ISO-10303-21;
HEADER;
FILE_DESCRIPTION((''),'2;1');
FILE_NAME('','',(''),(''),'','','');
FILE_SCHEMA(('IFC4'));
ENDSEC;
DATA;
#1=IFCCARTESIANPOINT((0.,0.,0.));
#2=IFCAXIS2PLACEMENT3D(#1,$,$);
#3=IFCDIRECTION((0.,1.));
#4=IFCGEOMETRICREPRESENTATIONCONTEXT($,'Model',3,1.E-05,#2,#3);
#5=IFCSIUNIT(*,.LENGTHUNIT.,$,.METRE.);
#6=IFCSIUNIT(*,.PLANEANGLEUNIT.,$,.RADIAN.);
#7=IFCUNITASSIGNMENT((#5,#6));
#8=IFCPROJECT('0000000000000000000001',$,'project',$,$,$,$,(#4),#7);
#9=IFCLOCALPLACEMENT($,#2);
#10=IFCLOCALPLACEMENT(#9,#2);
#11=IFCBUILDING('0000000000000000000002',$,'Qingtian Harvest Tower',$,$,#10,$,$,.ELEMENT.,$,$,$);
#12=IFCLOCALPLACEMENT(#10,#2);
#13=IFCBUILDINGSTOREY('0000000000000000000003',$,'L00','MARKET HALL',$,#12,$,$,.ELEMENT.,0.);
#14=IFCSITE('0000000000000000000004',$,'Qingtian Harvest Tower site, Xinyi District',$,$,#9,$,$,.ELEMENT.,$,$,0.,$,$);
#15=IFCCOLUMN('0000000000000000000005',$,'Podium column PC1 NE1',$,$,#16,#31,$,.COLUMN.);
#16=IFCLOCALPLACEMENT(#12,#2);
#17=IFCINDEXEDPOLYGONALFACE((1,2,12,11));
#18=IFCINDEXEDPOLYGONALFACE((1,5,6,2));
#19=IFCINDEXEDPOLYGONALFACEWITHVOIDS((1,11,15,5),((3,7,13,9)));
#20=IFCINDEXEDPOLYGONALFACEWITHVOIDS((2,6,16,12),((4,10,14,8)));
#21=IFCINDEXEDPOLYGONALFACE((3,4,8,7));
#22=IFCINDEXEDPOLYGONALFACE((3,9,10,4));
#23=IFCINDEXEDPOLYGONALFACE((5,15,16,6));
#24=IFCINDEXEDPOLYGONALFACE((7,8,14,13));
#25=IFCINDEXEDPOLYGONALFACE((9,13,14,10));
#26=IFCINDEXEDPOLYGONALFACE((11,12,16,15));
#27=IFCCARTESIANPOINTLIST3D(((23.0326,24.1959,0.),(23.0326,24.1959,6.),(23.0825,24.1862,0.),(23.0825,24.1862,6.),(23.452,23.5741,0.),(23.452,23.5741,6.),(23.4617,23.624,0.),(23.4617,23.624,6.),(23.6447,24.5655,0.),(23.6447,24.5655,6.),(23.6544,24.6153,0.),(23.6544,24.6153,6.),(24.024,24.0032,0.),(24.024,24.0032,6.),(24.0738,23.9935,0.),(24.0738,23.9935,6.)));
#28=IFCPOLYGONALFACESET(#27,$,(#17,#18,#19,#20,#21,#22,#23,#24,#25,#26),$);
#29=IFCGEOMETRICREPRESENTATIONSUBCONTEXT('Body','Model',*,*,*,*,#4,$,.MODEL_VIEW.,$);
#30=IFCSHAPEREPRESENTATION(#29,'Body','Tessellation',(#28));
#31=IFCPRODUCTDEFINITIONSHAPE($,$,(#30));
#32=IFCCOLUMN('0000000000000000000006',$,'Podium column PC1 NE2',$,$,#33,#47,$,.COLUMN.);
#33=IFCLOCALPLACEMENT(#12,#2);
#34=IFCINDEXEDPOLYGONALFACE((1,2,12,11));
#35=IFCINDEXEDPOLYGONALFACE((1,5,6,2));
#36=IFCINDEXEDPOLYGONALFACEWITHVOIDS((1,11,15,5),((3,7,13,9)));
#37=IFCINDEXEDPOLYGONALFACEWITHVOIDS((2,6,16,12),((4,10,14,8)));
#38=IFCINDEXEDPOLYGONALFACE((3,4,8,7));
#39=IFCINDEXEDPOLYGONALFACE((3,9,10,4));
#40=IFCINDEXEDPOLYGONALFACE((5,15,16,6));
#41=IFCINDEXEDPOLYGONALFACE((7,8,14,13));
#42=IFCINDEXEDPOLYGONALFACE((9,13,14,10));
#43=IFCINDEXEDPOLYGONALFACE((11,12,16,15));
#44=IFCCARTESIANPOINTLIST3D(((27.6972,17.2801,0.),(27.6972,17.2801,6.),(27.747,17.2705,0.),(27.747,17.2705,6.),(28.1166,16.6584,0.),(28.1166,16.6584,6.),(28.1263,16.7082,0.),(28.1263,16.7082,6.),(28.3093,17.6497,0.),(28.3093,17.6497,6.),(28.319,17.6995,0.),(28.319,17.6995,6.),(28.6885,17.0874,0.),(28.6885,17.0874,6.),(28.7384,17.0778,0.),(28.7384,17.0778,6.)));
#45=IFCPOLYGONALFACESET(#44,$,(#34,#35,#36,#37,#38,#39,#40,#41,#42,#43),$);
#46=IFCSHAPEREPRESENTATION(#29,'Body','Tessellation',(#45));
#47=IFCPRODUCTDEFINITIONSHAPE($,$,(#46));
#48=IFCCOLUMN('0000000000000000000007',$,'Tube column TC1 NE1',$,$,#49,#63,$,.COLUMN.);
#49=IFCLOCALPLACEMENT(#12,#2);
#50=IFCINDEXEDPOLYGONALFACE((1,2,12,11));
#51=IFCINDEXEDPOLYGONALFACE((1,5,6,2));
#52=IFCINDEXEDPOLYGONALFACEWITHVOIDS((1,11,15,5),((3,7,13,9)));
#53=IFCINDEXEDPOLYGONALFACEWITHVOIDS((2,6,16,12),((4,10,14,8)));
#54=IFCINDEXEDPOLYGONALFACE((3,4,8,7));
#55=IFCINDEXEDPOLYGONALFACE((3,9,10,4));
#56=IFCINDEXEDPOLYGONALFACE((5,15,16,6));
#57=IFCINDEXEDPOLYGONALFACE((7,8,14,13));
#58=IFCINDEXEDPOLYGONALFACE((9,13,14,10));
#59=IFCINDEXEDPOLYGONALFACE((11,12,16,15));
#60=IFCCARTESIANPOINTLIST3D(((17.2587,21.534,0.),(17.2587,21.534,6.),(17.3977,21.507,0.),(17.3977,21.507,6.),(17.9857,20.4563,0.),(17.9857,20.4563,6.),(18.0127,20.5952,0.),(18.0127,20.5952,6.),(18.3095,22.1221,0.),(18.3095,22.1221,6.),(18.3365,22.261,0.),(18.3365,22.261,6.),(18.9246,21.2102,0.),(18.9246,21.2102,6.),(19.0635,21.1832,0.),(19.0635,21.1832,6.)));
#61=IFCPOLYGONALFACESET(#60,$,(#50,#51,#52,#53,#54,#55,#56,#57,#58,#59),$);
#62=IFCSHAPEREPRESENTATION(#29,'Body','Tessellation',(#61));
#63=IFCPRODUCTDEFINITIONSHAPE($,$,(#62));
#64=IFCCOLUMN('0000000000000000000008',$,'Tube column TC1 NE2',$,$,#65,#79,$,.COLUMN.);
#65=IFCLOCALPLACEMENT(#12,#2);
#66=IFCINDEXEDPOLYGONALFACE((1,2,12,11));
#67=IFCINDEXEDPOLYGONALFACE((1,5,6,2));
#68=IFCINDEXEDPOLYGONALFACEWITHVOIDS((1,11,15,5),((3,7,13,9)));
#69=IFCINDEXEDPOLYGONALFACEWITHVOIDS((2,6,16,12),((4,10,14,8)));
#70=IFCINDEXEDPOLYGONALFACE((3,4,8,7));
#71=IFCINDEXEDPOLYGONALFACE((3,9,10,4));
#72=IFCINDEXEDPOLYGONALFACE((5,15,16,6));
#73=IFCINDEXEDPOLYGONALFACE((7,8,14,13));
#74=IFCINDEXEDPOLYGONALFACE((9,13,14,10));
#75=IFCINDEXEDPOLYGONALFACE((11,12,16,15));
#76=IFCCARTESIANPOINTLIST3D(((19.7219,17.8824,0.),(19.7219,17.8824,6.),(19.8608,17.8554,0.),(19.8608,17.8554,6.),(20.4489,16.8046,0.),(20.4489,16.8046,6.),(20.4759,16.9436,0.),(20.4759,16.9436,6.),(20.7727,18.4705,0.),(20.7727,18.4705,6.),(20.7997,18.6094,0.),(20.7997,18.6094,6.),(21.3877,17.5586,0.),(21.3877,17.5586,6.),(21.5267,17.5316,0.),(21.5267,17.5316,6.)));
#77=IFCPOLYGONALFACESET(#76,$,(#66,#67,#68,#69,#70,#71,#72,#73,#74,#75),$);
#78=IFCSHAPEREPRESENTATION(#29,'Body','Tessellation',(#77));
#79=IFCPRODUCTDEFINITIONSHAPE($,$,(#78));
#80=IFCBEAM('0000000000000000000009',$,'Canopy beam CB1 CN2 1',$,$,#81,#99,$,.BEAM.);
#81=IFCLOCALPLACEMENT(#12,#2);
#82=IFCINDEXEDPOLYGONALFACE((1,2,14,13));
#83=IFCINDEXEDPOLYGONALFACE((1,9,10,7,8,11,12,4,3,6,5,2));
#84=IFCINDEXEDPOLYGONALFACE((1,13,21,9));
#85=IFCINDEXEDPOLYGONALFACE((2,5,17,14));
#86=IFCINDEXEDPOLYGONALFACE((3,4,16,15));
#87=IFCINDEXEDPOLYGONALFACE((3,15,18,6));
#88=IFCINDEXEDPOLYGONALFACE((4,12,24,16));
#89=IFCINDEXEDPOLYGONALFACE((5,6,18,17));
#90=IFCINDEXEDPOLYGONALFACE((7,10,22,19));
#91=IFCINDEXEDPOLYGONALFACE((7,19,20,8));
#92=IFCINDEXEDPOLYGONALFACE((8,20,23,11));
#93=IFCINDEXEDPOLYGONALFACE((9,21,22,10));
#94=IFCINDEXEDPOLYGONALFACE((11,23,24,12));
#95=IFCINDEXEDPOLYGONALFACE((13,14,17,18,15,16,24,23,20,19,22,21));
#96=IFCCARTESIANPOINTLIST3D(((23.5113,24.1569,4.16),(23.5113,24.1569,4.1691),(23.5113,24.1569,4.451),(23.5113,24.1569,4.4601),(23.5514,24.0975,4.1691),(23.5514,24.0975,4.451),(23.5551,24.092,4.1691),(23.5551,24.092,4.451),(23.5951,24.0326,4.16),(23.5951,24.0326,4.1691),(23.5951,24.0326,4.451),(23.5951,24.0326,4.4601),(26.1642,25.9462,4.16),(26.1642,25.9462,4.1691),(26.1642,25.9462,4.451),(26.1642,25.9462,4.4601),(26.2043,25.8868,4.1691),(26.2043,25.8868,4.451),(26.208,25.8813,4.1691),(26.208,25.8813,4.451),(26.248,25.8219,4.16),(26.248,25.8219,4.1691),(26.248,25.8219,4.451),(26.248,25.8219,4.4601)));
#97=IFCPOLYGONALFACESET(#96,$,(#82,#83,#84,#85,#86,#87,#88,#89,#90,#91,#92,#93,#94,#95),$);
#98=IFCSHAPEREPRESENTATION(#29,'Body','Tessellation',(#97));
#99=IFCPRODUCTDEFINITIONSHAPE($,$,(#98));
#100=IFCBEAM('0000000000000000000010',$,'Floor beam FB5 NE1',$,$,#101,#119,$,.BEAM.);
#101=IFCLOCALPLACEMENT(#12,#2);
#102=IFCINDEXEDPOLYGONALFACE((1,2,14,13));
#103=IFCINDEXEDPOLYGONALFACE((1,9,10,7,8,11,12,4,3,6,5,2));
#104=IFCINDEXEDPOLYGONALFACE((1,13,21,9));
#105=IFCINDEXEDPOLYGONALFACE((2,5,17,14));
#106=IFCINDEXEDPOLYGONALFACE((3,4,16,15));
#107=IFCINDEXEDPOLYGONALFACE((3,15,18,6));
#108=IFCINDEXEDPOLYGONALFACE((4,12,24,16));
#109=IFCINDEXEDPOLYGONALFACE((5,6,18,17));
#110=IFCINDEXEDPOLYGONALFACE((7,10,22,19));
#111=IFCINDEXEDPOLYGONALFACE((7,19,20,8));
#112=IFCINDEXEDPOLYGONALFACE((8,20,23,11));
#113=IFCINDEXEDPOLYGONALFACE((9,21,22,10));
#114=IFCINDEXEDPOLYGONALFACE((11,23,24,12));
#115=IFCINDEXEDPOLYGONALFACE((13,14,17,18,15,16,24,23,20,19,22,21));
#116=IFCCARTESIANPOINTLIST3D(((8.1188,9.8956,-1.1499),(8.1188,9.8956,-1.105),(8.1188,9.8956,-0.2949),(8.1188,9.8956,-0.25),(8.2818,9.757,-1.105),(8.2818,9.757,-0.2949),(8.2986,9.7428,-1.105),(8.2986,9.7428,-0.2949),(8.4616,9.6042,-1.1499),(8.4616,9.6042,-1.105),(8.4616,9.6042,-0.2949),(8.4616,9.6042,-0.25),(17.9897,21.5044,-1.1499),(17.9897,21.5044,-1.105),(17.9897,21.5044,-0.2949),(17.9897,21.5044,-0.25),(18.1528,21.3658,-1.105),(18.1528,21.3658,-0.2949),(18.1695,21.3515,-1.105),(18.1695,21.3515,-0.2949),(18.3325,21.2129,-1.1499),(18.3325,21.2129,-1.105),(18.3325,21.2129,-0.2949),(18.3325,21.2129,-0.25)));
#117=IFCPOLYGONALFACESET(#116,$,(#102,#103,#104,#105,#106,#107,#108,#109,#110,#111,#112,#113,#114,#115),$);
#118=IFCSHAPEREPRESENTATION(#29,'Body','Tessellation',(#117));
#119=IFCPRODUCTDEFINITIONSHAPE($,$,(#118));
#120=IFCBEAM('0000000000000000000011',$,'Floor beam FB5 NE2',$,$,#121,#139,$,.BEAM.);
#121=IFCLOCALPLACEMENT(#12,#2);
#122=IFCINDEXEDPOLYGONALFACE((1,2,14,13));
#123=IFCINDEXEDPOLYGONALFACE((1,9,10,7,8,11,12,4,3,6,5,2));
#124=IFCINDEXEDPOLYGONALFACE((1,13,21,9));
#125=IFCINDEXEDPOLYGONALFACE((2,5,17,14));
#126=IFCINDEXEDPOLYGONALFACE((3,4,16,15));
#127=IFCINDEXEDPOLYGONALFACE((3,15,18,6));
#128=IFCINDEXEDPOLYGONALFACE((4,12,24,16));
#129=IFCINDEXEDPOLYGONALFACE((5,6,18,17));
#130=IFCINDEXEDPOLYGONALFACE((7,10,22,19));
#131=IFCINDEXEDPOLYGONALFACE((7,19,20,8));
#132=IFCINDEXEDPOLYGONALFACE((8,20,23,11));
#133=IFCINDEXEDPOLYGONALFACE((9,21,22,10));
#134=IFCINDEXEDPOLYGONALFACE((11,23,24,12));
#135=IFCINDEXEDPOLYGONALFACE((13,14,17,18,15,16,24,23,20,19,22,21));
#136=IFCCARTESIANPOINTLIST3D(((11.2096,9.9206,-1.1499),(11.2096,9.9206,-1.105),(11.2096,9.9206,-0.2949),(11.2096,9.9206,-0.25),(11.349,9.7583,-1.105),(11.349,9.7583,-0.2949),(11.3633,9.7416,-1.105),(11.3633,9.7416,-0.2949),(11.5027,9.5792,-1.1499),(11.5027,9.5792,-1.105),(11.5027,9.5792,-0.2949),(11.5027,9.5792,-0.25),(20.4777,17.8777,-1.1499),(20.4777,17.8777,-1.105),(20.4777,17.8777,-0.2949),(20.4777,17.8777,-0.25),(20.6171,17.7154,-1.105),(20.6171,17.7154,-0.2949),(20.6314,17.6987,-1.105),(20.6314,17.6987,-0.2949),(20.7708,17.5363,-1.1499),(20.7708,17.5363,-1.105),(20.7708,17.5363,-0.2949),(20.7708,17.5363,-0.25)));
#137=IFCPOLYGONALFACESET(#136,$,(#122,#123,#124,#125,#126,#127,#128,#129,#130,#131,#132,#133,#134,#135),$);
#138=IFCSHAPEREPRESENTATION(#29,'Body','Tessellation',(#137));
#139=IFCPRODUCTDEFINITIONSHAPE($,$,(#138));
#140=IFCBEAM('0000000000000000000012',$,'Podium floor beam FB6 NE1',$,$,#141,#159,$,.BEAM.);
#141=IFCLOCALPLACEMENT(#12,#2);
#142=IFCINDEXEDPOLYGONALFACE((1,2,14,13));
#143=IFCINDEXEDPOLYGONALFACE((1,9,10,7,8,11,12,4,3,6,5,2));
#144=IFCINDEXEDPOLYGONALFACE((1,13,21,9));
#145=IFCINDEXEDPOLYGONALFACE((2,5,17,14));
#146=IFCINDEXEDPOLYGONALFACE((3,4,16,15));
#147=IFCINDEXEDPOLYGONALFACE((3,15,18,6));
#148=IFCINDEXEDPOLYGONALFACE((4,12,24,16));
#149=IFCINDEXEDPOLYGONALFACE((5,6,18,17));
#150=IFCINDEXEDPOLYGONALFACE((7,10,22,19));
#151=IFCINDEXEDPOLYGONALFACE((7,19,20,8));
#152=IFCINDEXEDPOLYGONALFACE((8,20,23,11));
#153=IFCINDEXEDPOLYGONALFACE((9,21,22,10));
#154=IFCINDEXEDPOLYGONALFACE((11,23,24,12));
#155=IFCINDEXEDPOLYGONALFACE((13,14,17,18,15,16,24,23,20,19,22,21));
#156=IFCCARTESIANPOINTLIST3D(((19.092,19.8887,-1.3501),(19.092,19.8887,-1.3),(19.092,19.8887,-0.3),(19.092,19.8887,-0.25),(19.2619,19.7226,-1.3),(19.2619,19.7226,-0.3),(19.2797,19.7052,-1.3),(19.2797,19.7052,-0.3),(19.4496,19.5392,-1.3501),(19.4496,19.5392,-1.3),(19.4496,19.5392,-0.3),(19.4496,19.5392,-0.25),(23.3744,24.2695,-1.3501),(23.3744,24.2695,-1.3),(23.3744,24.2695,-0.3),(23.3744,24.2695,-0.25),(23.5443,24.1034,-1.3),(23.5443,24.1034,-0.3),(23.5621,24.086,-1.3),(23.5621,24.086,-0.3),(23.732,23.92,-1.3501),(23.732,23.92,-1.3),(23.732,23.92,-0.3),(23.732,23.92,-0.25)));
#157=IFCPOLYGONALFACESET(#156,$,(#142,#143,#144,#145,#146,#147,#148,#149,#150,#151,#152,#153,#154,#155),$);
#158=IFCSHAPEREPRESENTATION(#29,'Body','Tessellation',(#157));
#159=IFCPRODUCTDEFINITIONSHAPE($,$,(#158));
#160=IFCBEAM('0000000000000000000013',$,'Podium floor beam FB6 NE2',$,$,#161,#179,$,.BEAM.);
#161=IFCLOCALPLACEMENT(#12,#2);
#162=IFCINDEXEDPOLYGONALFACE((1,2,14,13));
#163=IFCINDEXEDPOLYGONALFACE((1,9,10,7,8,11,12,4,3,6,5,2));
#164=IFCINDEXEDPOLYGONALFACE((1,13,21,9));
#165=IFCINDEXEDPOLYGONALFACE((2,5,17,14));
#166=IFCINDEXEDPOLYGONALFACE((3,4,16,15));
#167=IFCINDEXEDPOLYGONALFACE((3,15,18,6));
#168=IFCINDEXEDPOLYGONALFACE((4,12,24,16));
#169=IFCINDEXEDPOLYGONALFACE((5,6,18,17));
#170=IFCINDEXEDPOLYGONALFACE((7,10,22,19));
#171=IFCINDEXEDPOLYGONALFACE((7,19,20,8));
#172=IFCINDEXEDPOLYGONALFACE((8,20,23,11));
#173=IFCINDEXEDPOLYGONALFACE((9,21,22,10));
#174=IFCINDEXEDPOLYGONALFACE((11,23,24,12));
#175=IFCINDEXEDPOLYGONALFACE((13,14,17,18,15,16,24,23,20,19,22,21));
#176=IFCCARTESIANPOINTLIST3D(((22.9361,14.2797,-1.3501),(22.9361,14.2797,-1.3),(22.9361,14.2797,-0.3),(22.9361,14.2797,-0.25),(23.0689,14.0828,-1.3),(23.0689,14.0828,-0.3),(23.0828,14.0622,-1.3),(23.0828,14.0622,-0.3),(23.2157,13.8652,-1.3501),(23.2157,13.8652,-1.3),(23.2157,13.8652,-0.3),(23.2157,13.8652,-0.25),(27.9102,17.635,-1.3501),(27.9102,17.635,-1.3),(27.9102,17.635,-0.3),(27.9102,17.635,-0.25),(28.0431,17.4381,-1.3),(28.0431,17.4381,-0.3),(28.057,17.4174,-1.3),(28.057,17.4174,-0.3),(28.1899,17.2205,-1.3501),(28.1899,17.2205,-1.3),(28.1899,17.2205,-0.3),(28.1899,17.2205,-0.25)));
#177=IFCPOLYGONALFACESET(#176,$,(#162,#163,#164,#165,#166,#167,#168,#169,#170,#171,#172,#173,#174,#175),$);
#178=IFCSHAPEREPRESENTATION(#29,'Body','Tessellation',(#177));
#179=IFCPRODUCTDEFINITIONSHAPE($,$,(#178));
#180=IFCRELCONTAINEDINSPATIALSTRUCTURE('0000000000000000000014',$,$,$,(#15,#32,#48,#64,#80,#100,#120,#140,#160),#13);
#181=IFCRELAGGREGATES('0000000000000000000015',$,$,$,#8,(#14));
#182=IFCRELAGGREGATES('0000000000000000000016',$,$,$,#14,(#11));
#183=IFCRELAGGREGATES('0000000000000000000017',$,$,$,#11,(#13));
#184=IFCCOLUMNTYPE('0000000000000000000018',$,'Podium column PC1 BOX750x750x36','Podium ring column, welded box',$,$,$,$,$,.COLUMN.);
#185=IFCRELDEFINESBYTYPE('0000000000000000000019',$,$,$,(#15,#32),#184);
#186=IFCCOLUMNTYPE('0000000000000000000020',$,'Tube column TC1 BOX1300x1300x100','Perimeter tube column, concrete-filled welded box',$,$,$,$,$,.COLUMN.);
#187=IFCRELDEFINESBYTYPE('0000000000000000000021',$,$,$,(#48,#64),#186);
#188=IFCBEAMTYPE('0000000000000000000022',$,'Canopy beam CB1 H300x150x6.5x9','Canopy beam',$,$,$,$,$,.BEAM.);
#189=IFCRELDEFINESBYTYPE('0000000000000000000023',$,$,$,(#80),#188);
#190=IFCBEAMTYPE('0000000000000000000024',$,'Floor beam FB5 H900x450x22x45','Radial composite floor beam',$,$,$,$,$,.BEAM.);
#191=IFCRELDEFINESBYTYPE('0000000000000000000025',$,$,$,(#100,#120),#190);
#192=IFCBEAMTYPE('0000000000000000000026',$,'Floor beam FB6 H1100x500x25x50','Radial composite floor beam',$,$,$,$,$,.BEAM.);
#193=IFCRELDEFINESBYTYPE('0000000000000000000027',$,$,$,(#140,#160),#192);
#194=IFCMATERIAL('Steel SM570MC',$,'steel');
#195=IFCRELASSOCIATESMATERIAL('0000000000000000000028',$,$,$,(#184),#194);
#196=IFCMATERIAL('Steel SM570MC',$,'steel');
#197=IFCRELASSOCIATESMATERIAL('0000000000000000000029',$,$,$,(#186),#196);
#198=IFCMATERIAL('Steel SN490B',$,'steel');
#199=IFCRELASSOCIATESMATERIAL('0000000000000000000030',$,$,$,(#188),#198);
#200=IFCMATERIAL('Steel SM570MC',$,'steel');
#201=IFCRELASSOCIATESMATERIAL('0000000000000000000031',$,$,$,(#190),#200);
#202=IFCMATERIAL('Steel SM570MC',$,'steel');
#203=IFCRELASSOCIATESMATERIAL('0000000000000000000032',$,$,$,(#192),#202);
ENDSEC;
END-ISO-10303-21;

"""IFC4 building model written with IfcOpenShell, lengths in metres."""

from ifc_helpers import new_model, si_unit, direction, frame, origin, origin_2d, place, context, subcontext, project, spatial, hollow_rectangle, i_section, extrude, material, material_profile, profile_set, type_object, element, save


model = new_model("IFC4")

# Units and contexts
model_context = context("Model", 3, precision=1e-05, world=origin(), true_north=direction((0.0, 1.0)))
body_context = subcontext(model_context, "Body", "Model", "MODEL_VIEW")
ifc_project = project(units=[si_unit("LENGTHUNIT", "METRE"), si_unit("PLANEANGLEUNIT", "RADIAN")], contexts=[model_context])

# Site, building, storey
site_placement = place(None, origin())
site = spatial("IfcSite", under=ifc_project, at=site_placement, Name="Qingtian Harvest Tower site, Xinyi District", CompositionType="ELEMENT", RefElevation=0.0)
building_placement = place(site_placement, origin())
building = spatial("IfcBuilding", under=site, at=building_placement, Name="Qingtian Harvest Tower", CompositionType="ELEMENT")
storey_placement = place(building_placement, origin())
storey = spatial("IfcBuildingStorey", under=building, at=storey_placement, Name="L00", Description="MARKET HALL", CompositionType="ELEMENT", Elevation=0.0)

# Columns
ifc_material_1 = material(Name="Steel SM570MC", Category="steel")
ifc_material_profile_1 = material_profile(ifc_material_1, hollow_rectangle(XDim=0.75, YDim=0.75, WallThickness=0.0359, at=origin_2d()), Name="BOX750x750x36")
ifc_profile_set_1 = profile_set([ifc_material_profile_1], Name="Steel SM570MC")
column_type_1 = type_object("IfcColumnType", Name="Podium column PC1 BOX750x750x36", Description="Podium ring column, welded box", PredefinedType="COLUMN", material=ifc_profile_set_1)
for number, where, z_axis, x_axis, name in (
    (1, (23.5532, 24.0947, 0.0), (0.0, 0.0, 1.0), (-0.559193, 0.829038, 0.0), "Podium column PC1 NE1"),
    (2, (28.2178, 17.179, 0.0), (0.0, 0.0, 1.0), (-0.559193, 0.829038, 0.0), "Podium column PC1 NE2"),
):
    element("IfcColumn", number, at=place(storey_placement, frame(where, z_axis=z_axis, x_axis=x_axis)), inside=storey, type_object=column_type_1, Name=name, PredefinedType="COLUMN", context=body_context, shape_type="SweptSolid", body=[
        extrude(hollow_rectangle(XDim=0.75, YDim=0.75, WallThickness=0.0359, at=origin_2d()), origin(), (0.0, 0.0, 1.0), 6.0),
    ])
ifc_material_2 = material(Name="Steel SM570MC", Category="steel")
ifc_material_profile_2 = material_profile(ifc_material_2, hollow_rectangle(XDim=1.3, YDim=1.3, WallThickness=0.1001, at=origin_2d()), Name="BOX1300x1300x100")
ifc_profile_set_2 = profile_set([ifc_material_profile_2], Name="Steel SM570MC")
column_type_2 = type_object("IfcColumnType", Name="Tube column TC1 BOX1300x1300x100", Description="Perimeter tube column, concrete-filled welded box", PredefinedType="COLUMN", material=ifc_profile_set_2)
for number, where, z_axis, x_axis, name in (
    (3, (18.1611, 21.3586, 0.0), (0.0, 0.0, 1.0), (-0.559193, 0.829038, 0.0), "Tube column TC1 NE1"),
    (4, (20.6243, 17.707, 0.0), (0.0, 0.0, 1.0), (-0.559193, 0.829038, 0.0), "Tube column TC1 NE2"),
):
    element("IfcColumn", number, at=place(storey_placement, frame(where, z_axis=z_axis, x_axis=x_axis)), inside=storey, type_object=column_type_2, Name=name, PredefinedType="COLUMN", context=body_context, shape_type="SweptSolid", body=[
        extrude(hollow_rectangle(XDim=1.3, YDim=1.3, WallThickness=0.1001, at=origin_2d()), origin(), (0.0, 0.0, 1.0), 6.0),
    ])

# Beams
ifc_material_3 = material(Name="Steel SN490B", Category="steel")
ifc_material_profile_3 = material_profile(ifc_material_3, i_section(OverallWidth=0.1499, OverallDepth=0.3, WebThickness=0.0066, FlangeThickness=0.009, at=origin_2d()), Name="H300x150x6.5x9")
ifc_profile_set_3 = profile_set([ifc_material_profile_3], Name="Steel SN490B")
beam_type_1 = type_object("IfcBeamType", Name="Canopy beam CB1 H300x150x6.5x9", Description="Canopy beam", PredefinedType="BEAM", material=ifc_profile_set_3)
beam_1_placement = place(storey_placement, frame((23.5532, 24.0947, 4.3101), z_axis=(0.829045, 0.559182, 0.0), x_axis=(-0.559182, 0.829045, 0.0)))
element("IfcBeam", 5, at=beam_1_placement, inside=storey, type_object=beam_type_1, Name="Canopy beam CB1 CN2 1", PredefinedType="BEAM", context=body_context, shape_type="SweptSolid", body=[
    extrude(i_section(OverallWidth=0.1499, OverallDepth=0.3, WebThickness=0.0066, FlangeThickness=0.009, at=origin_2d()), origin(), (0.0, 0.0, 1.0), 3.2),
])
ifc_material_4 = material(Name="Steel SM570MC", Category="steel")
ifc_material_profile_4 = material_profile(ifc_material_4, i_section(OverallWidth=0.45, OverallDepth=0.8999, WebThickness=0.022, FlangeThickness=0.0449, at=origin_2d()), Name="H900x450x22x45")
ifc_profile_set_4 = profile_set([ifc_material_profile_4], Name="Steel SM570MC")
beam_type_2 = type_object("IfcBeamType", Name="Floor beam FB5 H900x450x22x45", Description="Radial composite floor beam", PredefinedType="BEAM", material=ifc_profile_set_4)
beam_2_placement = place(storey_placement, frame((18.1611, 21.3586, -0.7), z_axis=(-0.647782, -0.761826, 0.0), x_axis=(0.761826, -0.647782, 0.0)))
element("IfcBeam", 6, at=beam_2_placement, inside=storey, type_object=beam_type_2, Name="Floor beam FB5 NE1", PredefinedType="BEAM", context=body_context, shape_type="SweptSolid", body=[
    extrude(i_section(OverallWidth=0.45, OverallDepth=0.8999, WebThickness=0.022, FlangeThickness=0.0449, at=origin_2d()), origin(), (0.0, 0.0, 1.0), 15.238),
])
beam_3_placement = place(storey_placement, frame((20.6243, 17.707, -0.7), z_axis=(-0.758732, -0.651403, 0.0), x_axis=(0.651403, -0.758732, 0.0)))
element("IfcBeam", 7, at=beam_3_placement, inside=storey, type_object=beam_type_2, Name="Floor beam FB5 NE2", PredefinedType="BEAM", context=body_context, shape_type="SweptSolid", body=[
    extrude(i_section(OverallWidth=0.45, OverallDepth=0.8999, WebThickness=0.022, FlangeThickness=0.0449, at=origin_2d()), origin(), (0.0, 0.0, 1.0), 12.2153),
])
ifc_material_5 = material(Name="Steel SM570MC", Category="steel")
ifc_material_profile_5 = material_profile(ifc_material_5, i_section(OverallWidth=0.5, OverallDepth=1.1001, WebThickness=0.0249, FlangeThickness=0.05, at=origin_2d()), Name="H1100x500x25x50")
ifc_profile_set_5 = profile_set([ifc_material_profile_5], Name="Steel SM570MC")
beam_type_3 = type_object("IfcBeamType", Name="Floor beam FB6 H1100x500x25x50", Description="Radial composite floor beam", PredefinedType="BEAM", material=ifc_profile_set_5)
beam_4_placement = place(storey_placement, frame((23.5532, 24.0947, -0.8), z_axis=(-0.699031, -0.715091, 0.0), x_axis=(0.715091, -0.699031, 0.0)))
element("IfcBeam", 8, at=beam_4_placement, inside=storey, type_object=beam_type_3, Name="Podium floor beam FB6 NE1", PredefinedType="BEAM", context=body_context, shape_type="SweptSolid", body=[
    extrude(i_section(OverallWidth=0.5, OverallDepth=1.1001, WebThickness=0.0249, FlangeThickness=0.05, at=origin_2d()), origin(), (0.0, 0.0, 1.0), 6.1262),
])
beam_5_placement = place(storey_placement, frame((28.05, 17.4277, -0.8), z_axis=(-0.829027, -0.559209, 0.0), x_axis=(0.559209, -0.829027, 0.0)))
element("IfcBeam", 9, at=beam_5_placement, inside=storey, type_object=beam_type_3, Name="Podium floor beam FB6 NE2", PredefinedType="BEAM", context=body_context, shape_type="SweptSolid", body=[
    extrude(i_section(OverallWidth=0.5, OverallDepth=1.1001, WebThickness=0.0249, FlangeThickness=0.05, at=origin_2d()), origin(), (0.0, 0.0, 1.0), 6.0),
])

save(model, "model.ifc")
